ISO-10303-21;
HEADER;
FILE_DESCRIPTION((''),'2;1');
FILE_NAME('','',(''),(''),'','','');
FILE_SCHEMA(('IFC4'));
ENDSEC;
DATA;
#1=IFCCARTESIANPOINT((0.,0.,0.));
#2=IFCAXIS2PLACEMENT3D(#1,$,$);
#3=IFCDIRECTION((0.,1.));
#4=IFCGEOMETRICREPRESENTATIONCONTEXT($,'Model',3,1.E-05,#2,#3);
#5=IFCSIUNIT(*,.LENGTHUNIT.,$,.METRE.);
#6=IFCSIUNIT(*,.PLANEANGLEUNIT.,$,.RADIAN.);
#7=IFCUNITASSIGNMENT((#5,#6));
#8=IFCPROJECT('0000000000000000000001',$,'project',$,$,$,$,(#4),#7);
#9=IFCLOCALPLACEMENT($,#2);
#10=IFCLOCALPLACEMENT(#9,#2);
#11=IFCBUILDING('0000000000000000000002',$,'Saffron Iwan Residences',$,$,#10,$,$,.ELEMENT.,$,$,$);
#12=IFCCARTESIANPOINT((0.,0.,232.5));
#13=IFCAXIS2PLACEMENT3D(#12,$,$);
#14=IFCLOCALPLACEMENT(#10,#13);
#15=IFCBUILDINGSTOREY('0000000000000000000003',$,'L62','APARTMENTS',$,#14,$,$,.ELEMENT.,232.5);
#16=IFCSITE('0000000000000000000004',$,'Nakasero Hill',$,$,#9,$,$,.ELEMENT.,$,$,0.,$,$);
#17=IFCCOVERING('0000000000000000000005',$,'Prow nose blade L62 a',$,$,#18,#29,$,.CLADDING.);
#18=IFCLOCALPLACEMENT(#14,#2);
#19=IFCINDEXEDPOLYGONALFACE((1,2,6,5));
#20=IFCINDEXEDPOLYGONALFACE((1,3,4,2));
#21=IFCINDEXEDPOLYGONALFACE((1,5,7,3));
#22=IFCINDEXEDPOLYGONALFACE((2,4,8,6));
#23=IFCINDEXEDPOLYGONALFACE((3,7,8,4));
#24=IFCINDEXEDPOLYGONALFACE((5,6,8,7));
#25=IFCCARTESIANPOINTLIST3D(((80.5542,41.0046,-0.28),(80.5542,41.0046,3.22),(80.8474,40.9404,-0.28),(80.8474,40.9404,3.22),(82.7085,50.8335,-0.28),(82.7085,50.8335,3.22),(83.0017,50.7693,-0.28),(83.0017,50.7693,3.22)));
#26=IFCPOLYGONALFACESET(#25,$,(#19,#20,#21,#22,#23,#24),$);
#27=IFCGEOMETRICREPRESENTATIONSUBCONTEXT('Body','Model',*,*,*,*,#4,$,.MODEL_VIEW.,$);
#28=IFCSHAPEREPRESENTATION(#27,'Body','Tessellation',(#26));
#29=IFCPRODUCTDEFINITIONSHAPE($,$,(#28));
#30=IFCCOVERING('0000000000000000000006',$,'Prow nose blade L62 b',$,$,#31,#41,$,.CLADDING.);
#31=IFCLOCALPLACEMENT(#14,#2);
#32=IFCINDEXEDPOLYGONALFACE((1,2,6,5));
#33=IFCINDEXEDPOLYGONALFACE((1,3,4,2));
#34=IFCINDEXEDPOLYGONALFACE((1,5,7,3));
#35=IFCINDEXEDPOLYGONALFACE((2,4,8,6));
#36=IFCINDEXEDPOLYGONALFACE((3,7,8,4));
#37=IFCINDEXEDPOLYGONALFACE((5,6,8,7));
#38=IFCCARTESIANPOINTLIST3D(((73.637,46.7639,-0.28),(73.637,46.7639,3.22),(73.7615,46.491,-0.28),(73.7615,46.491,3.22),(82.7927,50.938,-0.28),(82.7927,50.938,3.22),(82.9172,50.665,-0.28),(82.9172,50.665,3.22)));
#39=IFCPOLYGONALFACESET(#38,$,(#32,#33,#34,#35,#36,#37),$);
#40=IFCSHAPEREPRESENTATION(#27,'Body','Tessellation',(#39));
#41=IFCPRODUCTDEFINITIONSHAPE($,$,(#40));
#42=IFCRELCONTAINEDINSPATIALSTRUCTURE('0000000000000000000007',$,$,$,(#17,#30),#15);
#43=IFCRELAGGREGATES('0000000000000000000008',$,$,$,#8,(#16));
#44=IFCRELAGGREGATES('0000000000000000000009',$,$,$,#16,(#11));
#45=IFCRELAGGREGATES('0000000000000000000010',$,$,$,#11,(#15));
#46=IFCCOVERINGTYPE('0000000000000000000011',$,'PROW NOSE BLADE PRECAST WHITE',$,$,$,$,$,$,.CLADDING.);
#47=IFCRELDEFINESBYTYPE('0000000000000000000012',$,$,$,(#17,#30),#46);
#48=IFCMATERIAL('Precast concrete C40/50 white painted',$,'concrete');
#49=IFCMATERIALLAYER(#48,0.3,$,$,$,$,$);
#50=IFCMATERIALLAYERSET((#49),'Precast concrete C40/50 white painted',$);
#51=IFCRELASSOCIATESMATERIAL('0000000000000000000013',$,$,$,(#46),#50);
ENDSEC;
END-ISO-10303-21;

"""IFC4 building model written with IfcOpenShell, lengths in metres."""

from ifc_helpers import new_model, si_unit, direction, frame, origin, place, context, subcontext, project, spatial, polyline, outline, extrude, material, layer, layer_set, type_object, element, save


model = new_model("IFC4")

# Units and contexts
model_context = context("Model", 3, precision=1e-05, world=origin(), true_north=direction((0.0, 1.0)))
body_context = subcontext(model_context, "Body", "Model", "MODEL_VIEW")
ifc_project = project(units=[si_unit("LENGTHUNIT", "METRE"), si_unit("PLANEANGLEUNIT", "RADIAN")], contexts=[model_context])

# Site, building, storey
site_placement = place(None, origin())
site = spatial("IfcSite", under=ifc_project, at=site_placement, Name="Nakasero Hill", CompositionType="ELEMENT", RefElevation=0.0)
building_placement = place(site_placement, origin())
building = spatial("IfcBuilding", under=site, at=building_placement, Name="Saffron Iwan Residences", CompositionType="ELEMENT")
storey_placement = place(building_placement, frame((0.0, 0.0, 232.5)))
storey = spatial("IfcBuildingStorey", under=building, at=storey_placement, Name="L62", Description="APARTMENTS", CompositionType="ELEMENT", Elevation=232.5)

# Coverings
ifc_material_1 = material(Name="Precast concrete C40/50 white painted", Category="concrete")
ifc_layer_1 = layer(ifc_material_1, 0.3)
ifc_layer_set_1 = layer_set([ifc_layer_1], Name="Precast concrete C40/50 white painted")
covering_type_1 = type_object("IfcCoveringType", Name="PROW NOSE BLADE PRECAST WHITE", PredefinedType="CLADDING", material=ifc_layer_set_1)
covering_1_placement = place(storey_placement, frame((0.0, 0.0, -0.28)))
element("IfcCovering", 1, at=covering_1_placement, inside=storey, type_object=covering_type_1, Name="Prow nose blade L62 a", PredefinedType="CLADDING", context=body_context, shape_type="SweptSolid", body=[
    extrude(outline(polyline([(80.8474, 40.9404), (83.0017, 50.7693), (82.7085, 50.8335), (80.5542, 41.0046), (80.8474, 40.9404)])), origin(), (0.0, 0.0, 1.0), 3.5),
])
covering_2_placement = place(storey_placement, frame((0.0, 0.0, -0.28)))
element("IfcCovering", 2, at=covering_2_placement, inside=storey, type_object=covering_type_1, Name="Prow nose blade L62 b", PredefinedType="CLADDING", context=body_context, shape_type="SweptSolid", body=[
    extrude(outline(polyline([(73.7615, 46.491), (82.9172, 50.665), (82.7927, 50.938), (73.637, 46.7639), (73.7615, 46.491)])), origin(), (0.0, 0.0, 1.0), 3.5),
])

save(model, "model.ifc")
